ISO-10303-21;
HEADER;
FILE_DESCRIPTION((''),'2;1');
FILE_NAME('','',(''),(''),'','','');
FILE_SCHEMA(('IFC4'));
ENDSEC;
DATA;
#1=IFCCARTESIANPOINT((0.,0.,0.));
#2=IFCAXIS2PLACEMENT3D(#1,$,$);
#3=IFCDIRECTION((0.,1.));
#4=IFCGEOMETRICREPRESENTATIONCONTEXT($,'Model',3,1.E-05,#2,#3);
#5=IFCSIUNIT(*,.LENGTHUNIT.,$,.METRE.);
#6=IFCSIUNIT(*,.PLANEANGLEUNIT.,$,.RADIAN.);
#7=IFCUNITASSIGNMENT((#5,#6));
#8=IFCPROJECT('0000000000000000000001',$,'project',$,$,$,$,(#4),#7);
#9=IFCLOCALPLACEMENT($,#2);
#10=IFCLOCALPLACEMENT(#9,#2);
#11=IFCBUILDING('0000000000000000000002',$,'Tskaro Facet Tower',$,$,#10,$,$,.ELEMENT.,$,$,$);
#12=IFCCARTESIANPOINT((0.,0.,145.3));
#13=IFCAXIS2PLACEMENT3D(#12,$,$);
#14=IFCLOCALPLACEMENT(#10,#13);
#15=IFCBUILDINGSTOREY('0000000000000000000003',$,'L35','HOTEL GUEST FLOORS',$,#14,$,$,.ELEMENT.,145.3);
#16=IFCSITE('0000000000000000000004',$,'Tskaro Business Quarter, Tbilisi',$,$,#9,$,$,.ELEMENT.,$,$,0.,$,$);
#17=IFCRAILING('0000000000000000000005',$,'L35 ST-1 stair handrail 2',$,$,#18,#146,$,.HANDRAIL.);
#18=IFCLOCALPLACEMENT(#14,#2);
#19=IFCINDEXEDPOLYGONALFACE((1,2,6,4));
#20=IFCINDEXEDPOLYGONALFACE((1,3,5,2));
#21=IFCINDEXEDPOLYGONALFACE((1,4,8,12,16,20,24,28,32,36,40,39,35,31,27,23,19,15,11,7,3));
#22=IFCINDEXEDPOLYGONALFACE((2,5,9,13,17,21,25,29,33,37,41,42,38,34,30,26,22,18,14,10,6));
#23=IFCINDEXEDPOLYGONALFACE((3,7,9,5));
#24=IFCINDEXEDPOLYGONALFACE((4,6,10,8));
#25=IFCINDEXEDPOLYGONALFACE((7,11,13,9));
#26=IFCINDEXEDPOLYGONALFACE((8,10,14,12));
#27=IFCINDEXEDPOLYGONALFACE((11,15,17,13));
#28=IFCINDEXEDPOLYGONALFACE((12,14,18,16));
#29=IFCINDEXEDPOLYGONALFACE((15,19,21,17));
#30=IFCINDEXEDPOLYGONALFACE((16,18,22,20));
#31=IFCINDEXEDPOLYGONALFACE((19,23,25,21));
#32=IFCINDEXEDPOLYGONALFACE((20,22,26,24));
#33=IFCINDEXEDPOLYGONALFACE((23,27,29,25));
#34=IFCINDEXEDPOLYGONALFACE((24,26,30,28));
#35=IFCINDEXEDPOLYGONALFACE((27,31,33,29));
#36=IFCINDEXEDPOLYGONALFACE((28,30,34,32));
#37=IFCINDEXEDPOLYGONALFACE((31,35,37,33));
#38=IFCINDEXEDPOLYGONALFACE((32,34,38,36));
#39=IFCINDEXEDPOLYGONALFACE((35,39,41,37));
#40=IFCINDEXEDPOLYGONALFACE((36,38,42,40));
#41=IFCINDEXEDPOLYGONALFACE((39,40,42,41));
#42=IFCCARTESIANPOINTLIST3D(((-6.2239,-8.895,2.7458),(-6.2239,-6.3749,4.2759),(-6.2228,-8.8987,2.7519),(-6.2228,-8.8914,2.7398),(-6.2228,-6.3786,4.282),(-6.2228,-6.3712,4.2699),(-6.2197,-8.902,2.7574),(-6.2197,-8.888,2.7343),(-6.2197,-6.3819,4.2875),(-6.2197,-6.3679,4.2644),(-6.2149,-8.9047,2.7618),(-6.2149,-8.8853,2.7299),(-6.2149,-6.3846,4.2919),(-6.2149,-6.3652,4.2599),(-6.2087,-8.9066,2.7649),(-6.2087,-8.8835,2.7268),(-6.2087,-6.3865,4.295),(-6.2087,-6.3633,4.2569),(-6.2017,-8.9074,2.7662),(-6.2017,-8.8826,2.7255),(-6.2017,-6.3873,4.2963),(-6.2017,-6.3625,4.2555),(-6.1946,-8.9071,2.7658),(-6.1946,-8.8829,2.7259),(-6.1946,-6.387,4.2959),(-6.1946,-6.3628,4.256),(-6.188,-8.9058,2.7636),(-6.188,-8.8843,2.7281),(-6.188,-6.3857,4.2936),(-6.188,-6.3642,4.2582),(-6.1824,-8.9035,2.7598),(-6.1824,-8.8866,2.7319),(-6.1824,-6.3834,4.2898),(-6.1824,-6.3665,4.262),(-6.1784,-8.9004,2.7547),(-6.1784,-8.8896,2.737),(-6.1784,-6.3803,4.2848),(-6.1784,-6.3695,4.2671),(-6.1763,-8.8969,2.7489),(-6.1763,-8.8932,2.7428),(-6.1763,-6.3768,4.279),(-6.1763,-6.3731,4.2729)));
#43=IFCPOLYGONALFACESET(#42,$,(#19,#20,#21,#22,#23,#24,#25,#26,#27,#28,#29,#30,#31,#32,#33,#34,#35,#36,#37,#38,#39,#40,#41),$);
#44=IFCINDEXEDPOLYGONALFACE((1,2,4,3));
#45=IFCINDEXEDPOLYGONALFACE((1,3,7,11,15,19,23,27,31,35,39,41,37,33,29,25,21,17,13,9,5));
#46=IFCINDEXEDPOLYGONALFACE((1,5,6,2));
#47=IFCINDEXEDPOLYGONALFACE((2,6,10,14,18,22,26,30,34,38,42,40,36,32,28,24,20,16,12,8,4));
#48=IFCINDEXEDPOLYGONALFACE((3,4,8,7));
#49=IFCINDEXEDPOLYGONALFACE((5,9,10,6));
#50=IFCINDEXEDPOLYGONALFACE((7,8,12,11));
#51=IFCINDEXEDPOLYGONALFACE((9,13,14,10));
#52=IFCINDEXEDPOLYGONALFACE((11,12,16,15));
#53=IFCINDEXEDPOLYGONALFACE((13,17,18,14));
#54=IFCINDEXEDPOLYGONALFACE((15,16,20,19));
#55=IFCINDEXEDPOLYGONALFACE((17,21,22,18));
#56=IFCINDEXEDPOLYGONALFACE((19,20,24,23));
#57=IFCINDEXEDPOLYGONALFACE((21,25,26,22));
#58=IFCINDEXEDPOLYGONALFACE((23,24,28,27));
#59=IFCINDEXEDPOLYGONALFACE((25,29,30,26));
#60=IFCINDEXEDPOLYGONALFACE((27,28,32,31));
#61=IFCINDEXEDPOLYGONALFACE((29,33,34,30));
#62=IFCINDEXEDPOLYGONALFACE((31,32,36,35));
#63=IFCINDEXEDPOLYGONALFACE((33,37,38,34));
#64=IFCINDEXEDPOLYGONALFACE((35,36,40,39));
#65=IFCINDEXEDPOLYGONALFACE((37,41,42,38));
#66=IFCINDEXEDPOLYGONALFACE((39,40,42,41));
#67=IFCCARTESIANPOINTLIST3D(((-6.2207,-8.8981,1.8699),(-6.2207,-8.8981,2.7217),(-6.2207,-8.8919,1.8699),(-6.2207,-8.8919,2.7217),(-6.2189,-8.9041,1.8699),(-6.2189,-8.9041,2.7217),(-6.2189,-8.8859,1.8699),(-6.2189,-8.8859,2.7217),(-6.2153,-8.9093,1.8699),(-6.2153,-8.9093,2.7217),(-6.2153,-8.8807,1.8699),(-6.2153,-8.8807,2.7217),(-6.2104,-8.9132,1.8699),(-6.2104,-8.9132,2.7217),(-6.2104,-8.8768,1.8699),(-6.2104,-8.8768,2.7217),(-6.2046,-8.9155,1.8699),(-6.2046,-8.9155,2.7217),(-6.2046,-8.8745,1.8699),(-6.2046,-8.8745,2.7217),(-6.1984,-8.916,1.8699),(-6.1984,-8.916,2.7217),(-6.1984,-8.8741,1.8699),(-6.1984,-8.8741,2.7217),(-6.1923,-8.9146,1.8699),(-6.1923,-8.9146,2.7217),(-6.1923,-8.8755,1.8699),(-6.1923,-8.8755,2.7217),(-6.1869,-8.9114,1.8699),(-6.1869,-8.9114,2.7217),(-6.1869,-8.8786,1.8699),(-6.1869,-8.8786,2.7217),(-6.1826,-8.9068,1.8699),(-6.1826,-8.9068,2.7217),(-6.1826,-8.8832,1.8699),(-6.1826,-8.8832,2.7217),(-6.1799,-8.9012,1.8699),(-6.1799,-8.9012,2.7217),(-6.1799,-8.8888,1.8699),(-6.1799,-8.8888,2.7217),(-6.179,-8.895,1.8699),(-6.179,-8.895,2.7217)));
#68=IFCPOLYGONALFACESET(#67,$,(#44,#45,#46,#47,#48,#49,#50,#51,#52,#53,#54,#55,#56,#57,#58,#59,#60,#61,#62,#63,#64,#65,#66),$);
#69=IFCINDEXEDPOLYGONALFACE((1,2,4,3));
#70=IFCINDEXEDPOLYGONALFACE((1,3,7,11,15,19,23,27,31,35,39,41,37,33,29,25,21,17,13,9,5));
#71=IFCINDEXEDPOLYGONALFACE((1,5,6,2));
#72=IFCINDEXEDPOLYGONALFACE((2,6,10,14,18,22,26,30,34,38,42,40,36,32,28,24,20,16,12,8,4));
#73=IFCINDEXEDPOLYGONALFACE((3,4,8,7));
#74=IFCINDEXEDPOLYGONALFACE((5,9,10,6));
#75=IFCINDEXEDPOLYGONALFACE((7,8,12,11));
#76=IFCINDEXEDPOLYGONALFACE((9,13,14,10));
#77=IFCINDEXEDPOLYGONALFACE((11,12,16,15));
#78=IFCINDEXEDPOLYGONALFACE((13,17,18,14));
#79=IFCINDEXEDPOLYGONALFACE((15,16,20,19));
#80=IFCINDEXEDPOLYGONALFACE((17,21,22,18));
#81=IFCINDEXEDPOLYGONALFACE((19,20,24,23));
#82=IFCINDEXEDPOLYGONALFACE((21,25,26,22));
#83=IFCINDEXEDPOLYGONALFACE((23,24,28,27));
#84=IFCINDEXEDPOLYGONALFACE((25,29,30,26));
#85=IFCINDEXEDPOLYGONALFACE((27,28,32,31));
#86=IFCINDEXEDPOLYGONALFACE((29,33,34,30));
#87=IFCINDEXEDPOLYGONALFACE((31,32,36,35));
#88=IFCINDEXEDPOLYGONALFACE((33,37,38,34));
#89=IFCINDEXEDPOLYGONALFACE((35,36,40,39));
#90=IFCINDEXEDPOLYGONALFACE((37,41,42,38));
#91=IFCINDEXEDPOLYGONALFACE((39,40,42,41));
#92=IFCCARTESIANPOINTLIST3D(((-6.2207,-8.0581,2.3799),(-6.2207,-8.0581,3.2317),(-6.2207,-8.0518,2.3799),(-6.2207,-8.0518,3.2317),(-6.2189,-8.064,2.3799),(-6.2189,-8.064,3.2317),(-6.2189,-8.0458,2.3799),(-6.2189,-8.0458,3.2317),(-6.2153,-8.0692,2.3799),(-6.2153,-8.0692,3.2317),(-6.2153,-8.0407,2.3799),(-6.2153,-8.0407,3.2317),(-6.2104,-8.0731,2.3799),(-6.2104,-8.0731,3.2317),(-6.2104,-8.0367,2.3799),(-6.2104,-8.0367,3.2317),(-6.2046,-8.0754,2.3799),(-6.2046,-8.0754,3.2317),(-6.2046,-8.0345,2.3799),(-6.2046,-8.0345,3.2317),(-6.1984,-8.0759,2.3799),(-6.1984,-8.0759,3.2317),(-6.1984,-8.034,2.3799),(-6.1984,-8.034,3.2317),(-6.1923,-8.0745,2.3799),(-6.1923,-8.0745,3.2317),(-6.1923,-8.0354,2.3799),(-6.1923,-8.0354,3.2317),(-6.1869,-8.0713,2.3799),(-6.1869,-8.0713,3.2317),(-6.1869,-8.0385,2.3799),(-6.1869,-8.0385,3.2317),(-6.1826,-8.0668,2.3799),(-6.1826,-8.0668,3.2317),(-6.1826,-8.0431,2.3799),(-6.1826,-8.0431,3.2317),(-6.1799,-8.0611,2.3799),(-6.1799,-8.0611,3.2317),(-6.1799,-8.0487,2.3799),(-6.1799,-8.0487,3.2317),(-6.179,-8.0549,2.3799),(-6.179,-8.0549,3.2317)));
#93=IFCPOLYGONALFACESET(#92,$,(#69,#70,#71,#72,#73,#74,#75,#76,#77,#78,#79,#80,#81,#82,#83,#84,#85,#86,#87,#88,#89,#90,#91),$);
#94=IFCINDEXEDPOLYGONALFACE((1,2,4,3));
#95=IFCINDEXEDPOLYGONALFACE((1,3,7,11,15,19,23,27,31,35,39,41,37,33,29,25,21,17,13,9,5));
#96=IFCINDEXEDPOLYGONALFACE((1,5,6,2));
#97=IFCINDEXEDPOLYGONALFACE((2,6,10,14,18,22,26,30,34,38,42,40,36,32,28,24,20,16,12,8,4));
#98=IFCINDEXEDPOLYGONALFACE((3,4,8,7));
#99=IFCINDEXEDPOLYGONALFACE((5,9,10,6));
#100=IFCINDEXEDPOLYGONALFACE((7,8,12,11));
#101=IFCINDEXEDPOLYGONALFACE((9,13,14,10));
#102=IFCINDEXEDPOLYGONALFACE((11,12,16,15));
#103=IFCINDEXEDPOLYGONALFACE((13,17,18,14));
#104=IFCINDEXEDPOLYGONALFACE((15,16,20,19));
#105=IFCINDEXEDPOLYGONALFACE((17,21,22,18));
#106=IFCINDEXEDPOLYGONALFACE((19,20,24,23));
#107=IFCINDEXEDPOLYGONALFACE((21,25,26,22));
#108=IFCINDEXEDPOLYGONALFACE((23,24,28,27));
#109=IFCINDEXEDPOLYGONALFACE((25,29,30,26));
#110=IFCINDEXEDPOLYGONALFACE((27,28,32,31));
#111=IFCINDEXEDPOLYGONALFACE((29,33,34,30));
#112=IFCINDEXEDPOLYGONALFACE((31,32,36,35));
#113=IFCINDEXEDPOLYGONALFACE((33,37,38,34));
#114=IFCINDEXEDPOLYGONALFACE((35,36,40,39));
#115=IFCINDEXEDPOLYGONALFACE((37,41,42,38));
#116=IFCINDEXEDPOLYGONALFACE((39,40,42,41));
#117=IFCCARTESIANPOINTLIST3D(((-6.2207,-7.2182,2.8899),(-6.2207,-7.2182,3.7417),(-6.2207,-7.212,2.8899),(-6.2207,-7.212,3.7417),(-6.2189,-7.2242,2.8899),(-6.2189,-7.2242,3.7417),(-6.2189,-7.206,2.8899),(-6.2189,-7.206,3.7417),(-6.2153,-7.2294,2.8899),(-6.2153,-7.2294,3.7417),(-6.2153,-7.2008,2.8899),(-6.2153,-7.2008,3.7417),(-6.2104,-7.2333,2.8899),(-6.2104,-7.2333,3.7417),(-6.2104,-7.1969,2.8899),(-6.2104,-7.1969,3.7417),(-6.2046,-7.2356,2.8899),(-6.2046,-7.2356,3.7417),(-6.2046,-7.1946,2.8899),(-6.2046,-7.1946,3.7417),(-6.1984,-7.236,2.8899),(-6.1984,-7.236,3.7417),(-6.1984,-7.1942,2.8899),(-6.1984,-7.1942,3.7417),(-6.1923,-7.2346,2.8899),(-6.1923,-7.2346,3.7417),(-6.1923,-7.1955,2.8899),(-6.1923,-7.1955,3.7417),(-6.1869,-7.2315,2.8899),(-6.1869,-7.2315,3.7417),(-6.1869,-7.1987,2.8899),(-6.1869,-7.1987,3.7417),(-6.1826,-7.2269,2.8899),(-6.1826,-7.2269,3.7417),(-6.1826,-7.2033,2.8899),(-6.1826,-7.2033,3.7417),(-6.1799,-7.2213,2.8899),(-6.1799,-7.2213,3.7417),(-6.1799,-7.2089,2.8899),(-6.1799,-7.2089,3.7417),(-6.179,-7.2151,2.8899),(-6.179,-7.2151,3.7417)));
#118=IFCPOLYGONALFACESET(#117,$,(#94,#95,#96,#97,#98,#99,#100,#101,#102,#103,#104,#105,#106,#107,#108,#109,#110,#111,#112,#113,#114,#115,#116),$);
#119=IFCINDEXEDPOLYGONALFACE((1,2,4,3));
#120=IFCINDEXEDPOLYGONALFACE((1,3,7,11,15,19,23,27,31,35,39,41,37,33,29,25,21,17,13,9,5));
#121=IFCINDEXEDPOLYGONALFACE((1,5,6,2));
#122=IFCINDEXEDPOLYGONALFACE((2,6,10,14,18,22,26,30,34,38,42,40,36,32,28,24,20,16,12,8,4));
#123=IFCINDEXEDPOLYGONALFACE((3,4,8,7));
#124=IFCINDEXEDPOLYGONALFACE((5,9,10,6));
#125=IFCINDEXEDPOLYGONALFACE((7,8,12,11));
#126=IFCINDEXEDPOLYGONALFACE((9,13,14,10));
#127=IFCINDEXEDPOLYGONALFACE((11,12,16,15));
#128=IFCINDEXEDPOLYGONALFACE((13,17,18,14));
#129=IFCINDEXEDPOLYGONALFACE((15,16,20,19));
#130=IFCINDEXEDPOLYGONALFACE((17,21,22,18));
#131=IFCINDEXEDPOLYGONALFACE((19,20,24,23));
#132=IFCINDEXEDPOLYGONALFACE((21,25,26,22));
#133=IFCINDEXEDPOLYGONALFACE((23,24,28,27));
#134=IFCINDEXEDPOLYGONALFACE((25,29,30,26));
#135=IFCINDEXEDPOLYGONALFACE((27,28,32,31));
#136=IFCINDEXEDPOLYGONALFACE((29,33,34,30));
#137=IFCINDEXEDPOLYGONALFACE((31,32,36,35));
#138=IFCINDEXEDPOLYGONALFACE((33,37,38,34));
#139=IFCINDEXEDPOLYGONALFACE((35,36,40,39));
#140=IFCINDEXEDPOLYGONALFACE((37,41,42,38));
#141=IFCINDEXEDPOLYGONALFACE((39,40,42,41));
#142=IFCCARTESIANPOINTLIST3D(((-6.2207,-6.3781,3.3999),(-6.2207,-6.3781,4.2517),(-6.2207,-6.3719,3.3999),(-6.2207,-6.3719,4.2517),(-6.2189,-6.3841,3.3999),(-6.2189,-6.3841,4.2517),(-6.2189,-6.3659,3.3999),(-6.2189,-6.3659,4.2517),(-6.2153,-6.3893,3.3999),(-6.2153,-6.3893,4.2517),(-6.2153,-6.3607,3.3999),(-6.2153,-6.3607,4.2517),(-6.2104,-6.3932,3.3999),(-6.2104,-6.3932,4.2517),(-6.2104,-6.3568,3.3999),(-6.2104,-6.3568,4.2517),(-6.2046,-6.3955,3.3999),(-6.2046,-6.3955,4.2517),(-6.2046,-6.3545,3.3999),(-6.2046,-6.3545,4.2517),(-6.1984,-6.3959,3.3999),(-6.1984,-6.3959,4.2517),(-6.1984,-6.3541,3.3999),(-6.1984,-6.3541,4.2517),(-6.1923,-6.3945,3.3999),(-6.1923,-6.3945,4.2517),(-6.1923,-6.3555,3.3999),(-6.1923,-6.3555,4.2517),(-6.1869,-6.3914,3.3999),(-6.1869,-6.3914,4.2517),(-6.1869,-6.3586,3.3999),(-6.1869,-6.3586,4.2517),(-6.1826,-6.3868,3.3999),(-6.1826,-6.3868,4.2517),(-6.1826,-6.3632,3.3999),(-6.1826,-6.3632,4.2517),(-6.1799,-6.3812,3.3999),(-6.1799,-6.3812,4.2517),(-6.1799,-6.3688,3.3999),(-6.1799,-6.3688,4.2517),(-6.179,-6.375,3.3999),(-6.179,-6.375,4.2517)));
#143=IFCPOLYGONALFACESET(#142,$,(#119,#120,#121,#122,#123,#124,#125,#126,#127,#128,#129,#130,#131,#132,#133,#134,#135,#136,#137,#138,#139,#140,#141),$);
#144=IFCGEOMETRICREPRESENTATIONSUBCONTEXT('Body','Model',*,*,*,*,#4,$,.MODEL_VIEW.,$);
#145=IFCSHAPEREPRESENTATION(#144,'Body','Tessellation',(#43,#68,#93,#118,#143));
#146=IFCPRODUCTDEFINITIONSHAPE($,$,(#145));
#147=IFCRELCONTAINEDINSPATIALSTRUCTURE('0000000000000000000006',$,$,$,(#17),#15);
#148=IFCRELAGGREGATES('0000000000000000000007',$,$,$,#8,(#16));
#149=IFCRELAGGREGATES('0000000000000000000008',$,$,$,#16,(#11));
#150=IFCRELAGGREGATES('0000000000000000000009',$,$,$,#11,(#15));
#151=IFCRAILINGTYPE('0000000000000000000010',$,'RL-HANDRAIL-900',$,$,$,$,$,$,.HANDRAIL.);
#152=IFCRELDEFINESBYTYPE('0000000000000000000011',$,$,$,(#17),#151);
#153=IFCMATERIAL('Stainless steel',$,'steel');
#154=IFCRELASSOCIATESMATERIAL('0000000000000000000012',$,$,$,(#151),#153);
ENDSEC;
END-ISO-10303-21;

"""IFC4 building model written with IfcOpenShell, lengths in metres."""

from ifc_helpers import new_model, si_unit, direction, frame, origin, origin_2d, place, context, subcontext, project, spatial, circle, extrude, material, type_object, element, save


model = new_model("IFC4")

# Units and contexts
model_context = context("Model", 3, precision=1e-05, world=origin(), true_north=direction((0.0, 1.0)))
body_context = subcontext(model_context, "Body", "Model", "MODEL_VIEW")
ifc_project = project(units=[si_unit("LENGTHUNIT", "METRE"), si_unit("PLANEANGLEUNIT", "RADIAN")], contexts=[model_context])

# Site, building, storey
site_placement = place(None, origin())
site = spatial("IfcSite", under=ifc_project, at=site_placement, Name="Tskaro Business Quarter, Tbilisi", CompositionType="ELEMENT", RefElevation=0.0)
building_placement = place(site_placement, origin())
building = spatial("IfcBuilding", under=site, at=building_placement, Name="Tskaro Facet Tower", CompositionType="ELEMENT")
storey_placement = place(building_placement, frame((0.0, 0.0, 145.3)))
storey = spatial("IfcBuildingStorey", under=building, at=storey_placement, Name="L35", Description="HOTEL GUEST FLOORS", CompositionType="ELEMENT", Elevation=145.3)

# Shared definitions
ifc_material_1 = material(Name="Stainless steel", Category="steel")

# Railing
railing_type_1 = type_object("IfcRailingType", Name="RL-HANDRAIL-900", PredefinedType="HANDRAIL", material=ifc_material_1)
railing_1_placement = place(storey_placement, frame((-6.2, -8.895, 1.8699)))
element("IfcRailing", 1, at=railing_1_placement, inside=storey, type_object=railing_type_1, Name="L35 ST-1 stair handrail 2", PredefinedType="HANDRAIL", context=body_context, shape_type="SweptSolid", body=[
    extrude(circle(Radius=0.0239, at=origin_2d()), frame((0.0, 0.0, 0.876), z_axis=(0.0, 0.854785, 0.518982), x_axis=(-1.0, 0.0, 0.0)), (0.0, 0.0, 1.0), 2.9482),
    extrude(circle(Radius=0.021, at=origin_2d()), origin(), (0.0, 0.0, 1.0), 0.8518),
    extrude(circle(Radius=0.021, at=origin_2d()), frame((0.0, 0.8401, 0.51)), (0.0, 0.0, 1.0), 0.8518),
    extrude(circle(Radius=0.021, at=origin_2d()), frame((0.0, 1.6799, 1.02)), (0.0, 0.0, 1.0), 0.8518),
    extrude(circle(Radius=0.021, at=origin_2d()), frame((0.0, 2.52, 1.53)), (0.0, 0.0, 1.0), 0.8518),
])

save(model, "model.ifc")
